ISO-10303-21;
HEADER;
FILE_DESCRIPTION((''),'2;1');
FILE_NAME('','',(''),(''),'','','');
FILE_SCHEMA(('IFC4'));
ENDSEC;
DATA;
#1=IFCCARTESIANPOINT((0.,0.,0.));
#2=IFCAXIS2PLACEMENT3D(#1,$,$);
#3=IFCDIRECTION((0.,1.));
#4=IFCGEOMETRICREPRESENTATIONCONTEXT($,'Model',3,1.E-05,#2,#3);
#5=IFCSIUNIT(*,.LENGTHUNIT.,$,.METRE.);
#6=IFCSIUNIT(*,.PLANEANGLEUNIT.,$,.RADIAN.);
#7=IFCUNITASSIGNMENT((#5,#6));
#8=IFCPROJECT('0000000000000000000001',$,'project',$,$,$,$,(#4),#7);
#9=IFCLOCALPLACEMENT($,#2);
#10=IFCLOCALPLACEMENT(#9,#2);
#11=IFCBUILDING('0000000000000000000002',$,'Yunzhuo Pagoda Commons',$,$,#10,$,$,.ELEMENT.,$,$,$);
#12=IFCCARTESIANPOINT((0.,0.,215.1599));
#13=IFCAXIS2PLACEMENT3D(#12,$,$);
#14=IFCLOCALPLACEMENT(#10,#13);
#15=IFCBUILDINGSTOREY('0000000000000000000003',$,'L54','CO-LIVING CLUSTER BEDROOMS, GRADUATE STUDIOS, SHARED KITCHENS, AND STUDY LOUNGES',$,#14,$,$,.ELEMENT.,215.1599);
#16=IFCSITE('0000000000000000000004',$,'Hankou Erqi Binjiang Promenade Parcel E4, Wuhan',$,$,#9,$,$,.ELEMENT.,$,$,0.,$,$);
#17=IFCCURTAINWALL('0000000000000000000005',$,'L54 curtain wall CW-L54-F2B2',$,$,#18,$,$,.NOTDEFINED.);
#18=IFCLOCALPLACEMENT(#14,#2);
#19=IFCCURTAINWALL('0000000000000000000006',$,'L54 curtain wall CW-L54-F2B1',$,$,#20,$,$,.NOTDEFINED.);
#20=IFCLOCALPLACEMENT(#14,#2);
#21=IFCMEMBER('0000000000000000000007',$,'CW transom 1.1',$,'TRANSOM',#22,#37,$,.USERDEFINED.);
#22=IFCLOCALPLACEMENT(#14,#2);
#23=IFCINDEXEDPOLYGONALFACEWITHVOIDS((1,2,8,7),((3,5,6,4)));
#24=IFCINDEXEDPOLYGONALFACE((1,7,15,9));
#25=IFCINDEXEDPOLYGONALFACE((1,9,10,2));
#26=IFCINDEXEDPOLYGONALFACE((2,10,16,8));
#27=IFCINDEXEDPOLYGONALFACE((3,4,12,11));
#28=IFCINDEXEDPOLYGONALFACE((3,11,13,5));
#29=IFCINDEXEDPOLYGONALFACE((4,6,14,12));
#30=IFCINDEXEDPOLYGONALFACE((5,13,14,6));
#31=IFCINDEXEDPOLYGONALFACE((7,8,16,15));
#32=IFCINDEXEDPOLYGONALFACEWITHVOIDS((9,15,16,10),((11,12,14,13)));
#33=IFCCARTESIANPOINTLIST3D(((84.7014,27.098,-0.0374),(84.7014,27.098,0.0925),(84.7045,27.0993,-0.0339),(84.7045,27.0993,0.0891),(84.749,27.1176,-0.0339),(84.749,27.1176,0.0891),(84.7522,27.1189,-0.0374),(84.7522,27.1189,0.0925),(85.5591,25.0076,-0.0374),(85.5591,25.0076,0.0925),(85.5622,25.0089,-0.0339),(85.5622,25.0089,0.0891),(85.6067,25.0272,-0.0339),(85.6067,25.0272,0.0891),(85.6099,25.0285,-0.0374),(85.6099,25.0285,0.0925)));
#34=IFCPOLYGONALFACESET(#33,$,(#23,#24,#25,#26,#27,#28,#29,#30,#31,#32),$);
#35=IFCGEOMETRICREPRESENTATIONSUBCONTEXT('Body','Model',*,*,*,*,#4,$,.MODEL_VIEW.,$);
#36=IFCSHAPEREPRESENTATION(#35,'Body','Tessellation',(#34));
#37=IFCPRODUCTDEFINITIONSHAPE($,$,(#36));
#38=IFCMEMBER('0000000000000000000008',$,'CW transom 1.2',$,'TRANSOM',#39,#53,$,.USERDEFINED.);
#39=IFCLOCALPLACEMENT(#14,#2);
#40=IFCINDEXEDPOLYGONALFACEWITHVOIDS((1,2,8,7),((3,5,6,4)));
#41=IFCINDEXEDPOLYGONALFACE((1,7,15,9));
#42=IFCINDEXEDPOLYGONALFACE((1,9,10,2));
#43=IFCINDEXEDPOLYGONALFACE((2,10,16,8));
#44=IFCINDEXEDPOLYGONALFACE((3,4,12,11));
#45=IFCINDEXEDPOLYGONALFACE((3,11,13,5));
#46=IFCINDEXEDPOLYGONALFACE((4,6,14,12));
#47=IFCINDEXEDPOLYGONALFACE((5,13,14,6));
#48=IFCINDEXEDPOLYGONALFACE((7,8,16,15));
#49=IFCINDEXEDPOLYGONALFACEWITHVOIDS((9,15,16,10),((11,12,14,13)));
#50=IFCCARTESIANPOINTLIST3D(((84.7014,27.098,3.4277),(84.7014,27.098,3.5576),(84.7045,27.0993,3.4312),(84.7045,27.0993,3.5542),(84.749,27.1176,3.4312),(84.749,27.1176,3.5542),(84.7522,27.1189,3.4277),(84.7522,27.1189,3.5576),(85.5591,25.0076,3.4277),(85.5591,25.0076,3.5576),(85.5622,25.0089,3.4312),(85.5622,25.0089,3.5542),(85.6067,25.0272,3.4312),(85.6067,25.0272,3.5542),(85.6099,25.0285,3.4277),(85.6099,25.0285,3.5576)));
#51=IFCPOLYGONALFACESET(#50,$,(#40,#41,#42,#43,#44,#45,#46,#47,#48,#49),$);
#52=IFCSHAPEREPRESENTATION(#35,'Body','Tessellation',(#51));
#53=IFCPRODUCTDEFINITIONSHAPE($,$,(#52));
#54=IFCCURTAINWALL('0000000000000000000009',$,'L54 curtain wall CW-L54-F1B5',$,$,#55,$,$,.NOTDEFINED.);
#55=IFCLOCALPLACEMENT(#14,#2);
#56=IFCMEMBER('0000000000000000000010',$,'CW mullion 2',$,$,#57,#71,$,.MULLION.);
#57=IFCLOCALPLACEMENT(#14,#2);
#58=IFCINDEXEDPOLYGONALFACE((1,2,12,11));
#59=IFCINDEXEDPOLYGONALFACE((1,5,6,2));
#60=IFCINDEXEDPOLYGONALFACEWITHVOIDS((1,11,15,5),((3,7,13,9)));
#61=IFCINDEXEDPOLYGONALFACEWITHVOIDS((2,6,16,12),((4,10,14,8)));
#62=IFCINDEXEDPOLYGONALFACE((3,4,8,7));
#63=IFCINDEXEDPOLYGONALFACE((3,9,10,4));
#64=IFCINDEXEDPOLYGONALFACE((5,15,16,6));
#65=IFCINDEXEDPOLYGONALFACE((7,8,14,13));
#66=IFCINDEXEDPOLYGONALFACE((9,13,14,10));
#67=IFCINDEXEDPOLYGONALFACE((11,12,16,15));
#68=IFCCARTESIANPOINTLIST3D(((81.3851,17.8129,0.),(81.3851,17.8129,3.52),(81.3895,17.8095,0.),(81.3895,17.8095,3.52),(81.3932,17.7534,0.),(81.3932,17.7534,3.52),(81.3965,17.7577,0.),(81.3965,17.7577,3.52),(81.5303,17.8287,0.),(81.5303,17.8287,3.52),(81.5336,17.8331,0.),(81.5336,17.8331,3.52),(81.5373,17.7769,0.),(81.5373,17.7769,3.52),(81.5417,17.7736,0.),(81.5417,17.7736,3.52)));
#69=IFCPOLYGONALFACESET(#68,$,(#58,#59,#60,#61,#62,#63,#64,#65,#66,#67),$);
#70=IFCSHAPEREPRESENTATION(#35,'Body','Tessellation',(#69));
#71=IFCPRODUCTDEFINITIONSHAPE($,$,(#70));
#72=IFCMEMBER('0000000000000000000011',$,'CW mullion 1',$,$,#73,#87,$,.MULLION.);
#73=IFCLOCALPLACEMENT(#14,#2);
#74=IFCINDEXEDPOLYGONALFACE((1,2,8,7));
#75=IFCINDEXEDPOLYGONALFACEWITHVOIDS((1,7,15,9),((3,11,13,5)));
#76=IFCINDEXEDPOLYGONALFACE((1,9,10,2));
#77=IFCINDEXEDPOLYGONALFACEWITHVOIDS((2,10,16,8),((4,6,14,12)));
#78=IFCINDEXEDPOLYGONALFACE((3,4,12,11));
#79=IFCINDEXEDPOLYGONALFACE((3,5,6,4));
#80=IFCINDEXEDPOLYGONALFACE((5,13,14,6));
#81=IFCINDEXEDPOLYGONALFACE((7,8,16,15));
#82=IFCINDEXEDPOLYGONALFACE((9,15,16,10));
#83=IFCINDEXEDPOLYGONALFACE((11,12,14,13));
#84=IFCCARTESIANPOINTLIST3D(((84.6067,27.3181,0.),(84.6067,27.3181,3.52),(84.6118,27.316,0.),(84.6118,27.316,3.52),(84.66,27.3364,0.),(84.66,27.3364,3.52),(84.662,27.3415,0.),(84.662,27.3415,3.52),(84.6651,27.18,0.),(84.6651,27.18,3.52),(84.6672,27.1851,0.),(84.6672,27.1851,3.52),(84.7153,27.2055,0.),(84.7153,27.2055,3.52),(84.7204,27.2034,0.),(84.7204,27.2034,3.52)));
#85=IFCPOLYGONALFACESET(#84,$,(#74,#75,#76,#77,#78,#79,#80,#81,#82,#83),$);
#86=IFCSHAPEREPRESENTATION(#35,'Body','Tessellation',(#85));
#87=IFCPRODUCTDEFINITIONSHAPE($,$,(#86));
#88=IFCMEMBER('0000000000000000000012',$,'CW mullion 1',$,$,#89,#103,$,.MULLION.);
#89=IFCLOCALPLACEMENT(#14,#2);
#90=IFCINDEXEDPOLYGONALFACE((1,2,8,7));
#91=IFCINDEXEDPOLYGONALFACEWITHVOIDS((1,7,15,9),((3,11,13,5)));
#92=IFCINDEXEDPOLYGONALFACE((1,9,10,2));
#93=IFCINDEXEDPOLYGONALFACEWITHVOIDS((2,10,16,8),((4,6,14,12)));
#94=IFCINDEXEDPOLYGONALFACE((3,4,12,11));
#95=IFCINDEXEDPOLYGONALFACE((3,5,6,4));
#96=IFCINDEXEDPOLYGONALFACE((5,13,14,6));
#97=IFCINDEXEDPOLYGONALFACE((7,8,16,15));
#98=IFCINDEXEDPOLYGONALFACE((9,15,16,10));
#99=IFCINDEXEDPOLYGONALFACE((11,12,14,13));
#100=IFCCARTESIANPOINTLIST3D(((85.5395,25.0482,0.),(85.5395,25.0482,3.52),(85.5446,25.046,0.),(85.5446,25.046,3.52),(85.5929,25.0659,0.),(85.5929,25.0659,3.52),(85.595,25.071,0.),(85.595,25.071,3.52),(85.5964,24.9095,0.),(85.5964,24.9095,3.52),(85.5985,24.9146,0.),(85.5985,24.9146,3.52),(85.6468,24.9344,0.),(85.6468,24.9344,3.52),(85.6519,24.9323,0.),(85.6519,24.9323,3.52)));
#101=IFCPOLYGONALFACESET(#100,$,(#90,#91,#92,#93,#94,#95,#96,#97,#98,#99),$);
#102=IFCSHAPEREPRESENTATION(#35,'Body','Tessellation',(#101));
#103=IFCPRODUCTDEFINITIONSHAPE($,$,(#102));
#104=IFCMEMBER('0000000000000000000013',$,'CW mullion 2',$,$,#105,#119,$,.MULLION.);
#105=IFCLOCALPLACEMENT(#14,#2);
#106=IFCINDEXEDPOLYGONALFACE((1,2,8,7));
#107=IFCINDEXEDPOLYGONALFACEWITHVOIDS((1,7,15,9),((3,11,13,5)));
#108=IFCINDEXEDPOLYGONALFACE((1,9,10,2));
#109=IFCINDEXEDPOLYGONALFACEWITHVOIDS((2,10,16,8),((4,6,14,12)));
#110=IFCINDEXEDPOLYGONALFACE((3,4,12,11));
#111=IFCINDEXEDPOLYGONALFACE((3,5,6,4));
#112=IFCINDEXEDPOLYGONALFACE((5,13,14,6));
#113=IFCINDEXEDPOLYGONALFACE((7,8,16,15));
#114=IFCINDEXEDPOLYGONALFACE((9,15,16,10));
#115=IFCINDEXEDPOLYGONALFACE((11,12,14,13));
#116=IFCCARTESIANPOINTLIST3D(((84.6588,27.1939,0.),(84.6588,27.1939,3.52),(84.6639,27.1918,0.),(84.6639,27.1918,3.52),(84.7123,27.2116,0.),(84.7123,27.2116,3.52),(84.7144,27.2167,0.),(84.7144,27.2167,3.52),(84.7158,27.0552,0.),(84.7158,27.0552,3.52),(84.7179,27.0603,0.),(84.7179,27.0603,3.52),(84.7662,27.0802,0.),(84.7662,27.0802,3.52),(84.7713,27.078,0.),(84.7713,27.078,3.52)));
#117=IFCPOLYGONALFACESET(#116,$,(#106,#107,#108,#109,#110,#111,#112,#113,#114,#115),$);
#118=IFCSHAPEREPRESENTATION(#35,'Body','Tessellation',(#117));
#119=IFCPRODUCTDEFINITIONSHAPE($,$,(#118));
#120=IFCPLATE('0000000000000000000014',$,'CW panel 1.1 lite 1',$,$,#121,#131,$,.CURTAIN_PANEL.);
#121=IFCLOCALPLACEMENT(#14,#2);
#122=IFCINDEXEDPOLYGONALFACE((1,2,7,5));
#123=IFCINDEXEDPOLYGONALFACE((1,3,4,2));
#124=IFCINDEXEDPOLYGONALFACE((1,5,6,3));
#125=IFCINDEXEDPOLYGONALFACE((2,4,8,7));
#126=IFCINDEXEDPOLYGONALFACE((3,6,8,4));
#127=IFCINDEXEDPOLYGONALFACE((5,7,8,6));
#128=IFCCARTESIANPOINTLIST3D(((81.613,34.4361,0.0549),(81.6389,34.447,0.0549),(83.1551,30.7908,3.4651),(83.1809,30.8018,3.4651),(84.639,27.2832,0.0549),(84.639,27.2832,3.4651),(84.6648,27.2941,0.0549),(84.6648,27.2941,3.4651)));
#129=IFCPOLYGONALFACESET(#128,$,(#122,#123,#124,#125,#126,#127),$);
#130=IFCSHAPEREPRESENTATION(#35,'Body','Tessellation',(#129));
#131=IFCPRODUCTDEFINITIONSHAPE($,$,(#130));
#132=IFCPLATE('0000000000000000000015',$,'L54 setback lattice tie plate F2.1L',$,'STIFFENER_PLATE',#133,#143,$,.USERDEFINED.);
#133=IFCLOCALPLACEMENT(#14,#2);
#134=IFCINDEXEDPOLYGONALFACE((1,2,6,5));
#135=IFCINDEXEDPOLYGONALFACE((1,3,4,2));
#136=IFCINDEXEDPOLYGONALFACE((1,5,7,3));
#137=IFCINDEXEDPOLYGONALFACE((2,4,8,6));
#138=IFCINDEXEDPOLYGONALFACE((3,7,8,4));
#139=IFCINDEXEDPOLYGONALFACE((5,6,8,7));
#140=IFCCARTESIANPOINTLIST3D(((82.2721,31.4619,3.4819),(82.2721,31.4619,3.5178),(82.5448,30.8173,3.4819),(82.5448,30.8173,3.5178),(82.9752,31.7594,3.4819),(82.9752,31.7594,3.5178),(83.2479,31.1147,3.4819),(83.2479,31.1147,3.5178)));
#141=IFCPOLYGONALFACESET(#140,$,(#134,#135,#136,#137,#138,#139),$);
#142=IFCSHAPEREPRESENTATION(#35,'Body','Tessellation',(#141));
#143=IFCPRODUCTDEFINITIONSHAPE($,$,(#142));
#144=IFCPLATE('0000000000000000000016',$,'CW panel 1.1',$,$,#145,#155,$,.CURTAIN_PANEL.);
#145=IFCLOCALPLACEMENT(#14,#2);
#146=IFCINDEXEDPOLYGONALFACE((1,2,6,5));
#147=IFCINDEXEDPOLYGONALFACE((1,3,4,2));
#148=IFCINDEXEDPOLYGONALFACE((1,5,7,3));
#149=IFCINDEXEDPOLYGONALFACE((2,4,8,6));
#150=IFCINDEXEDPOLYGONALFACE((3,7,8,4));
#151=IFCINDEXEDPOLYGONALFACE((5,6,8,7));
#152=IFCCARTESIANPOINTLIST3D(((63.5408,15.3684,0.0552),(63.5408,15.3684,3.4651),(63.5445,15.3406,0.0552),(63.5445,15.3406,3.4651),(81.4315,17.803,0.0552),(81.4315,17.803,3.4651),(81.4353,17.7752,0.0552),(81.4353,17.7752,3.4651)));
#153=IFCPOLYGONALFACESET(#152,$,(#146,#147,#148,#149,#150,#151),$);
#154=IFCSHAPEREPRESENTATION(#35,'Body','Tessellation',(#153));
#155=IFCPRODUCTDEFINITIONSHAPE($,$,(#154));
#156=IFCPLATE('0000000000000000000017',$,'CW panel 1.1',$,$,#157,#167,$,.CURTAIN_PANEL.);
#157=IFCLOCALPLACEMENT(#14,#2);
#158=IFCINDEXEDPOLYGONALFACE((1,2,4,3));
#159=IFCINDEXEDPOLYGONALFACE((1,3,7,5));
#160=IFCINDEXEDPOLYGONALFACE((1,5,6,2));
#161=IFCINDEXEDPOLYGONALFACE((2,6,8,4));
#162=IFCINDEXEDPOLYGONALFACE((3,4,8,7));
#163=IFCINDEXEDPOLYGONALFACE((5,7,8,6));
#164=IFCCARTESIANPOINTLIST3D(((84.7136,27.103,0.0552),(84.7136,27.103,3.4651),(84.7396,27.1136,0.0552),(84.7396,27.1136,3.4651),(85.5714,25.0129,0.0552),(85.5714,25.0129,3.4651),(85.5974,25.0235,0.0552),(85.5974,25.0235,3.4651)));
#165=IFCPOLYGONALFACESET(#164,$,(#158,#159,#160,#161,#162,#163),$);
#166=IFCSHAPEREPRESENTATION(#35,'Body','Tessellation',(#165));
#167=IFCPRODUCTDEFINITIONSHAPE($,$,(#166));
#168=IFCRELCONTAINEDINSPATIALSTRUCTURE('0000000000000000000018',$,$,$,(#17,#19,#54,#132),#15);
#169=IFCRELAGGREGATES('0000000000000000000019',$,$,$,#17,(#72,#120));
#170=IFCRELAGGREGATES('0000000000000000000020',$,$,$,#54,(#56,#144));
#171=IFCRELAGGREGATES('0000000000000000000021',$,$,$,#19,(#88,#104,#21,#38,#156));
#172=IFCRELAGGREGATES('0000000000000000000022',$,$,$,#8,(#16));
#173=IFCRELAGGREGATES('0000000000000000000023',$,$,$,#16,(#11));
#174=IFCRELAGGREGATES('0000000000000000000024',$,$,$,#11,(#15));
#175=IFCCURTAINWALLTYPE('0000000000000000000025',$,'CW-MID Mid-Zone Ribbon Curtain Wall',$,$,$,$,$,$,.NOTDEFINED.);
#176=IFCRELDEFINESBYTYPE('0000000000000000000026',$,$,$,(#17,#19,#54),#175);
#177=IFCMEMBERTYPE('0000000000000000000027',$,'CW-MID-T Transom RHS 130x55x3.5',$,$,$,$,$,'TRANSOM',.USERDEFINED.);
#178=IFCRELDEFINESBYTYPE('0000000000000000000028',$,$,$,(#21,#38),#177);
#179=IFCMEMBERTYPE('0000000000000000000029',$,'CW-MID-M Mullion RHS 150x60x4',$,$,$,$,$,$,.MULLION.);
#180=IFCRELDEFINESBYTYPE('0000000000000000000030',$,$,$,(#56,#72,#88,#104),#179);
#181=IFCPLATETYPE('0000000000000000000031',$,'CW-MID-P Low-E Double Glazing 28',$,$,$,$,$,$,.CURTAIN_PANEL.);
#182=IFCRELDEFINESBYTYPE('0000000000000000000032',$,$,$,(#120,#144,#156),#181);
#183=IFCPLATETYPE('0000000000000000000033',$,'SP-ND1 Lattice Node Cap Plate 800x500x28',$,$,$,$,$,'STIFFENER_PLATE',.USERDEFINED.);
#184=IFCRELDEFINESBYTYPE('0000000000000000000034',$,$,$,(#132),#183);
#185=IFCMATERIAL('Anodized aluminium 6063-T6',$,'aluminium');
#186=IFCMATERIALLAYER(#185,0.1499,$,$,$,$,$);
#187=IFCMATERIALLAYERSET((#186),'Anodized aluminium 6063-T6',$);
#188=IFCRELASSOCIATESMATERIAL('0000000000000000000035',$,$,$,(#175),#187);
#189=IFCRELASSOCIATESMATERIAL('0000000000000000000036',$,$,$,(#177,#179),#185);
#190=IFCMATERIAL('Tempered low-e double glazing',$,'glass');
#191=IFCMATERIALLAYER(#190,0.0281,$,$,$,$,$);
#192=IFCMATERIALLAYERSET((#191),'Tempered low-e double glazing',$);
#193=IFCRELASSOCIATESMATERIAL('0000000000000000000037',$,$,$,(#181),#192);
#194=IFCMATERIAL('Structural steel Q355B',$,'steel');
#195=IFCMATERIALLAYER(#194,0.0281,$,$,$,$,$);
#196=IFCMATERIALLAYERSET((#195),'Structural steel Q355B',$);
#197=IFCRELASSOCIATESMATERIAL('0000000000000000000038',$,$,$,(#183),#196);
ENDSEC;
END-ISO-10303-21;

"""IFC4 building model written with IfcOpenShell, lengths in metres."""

from ifc_helpers import new_model, si_unit, direction, frame, origin, origin_2d, place, context, subcontext, project, spatial, polyline, rectangle, hollow_rectangle, outline, extrude, source, transform, mapped, material, layer, layer_set, material_profile, profile_set, type_object, element, aggregate, save


model = new_model("IFC4")

# Units and contexts
model_context = context("Model", 3, precision=1e-05, world=origin(), true_north=direction((0.0, 1.0)))
body_context = subcontext(model_context, "Body", "Model", "MODEL_VIEW")
ifc_project = project(units=[si_unit("LENGTHUNIT", "METRE"), si_unit("PLANEANGLEUNIT", "RADIAN")], contexts=[model_context])

# Site, building, storey
site_placement = place(None, origin())
site = spatial("IfcSite", under=ifc_project, at=site_placement, Name="Hankou Erqi Binjiang Promenade Parcel E4, Wuhan", CompositionType="ELEMENT", RefElevation=0.0)
building_placement = place(site_placement, origin())
building = spatial("IfcBuilding", under=site, at=building_placement, Name="Yunzhuo Pagoda Commons", CompositionType="ELEMENT")
storey_placement = place(building_placement, frame((0.0, 0.0, 215.1599)))
storey = spatial("IfcBuildingStorey", under=building, at=storey_placement, Name="L54", Description="CO-LIVING CLUSTER BEDROOMS, GRADUATE STUDIOS, SHARED KITCHENS, AND STUDY LOUNGES", CompositionType="ELEMENT", Elevation=215.1599)

# Shared definitions
ifc_material_1 = material(Name="Structural steel Q355B", Category="steel")

# Curtain walls, members
ifc_material_2 = material(Name="Anodized aluminium 6063-T6", Category="aluminium")
ifc_layer_1 = layer(ifc_material_2, 0.1499)
ifc_layer_set_1 = layer_set([ifc_layer_1], Name="Anodized aluminium 6063-T6")
curtain_wall_type = type_object("IfcCurtainWallType", Name="CW-MID Mid-Zone Ribbon Curtain Wall", PredefinedType="NOTDEFINED", material=ifc_layer_set_1)
curtain_wall_1_placement = place(storey_placement, origin())
curtain_wall_1 = element("IfcCurtainWall", 1, at=curtain_wall_1_placement, inside=storey, type_object=curtain_wall_type, Name="L54 curtain wall CW-L54-F2B2", PredefinedType="NOTDEFINED")
ifc_material_profile_1 = material_profile(ifc_material_2, hollow_rectangle(XDim=0.0549, YDim=0.1299, WallThickness=0.0034, at=origin_2d()), Name="Anodized aluminium 6063-T6")
ifc_profile_set_1 = profile_set([ifc_material_profile_1], Name="Anodized aluminium 6063-T6")
member_type_1 = type_object("IfcMemberType", Name="CW-MID-T Transom RHS 130x55x3.5", ElementType="TRANSOM", PredefinedType="USERDEFINED", material=ifc_profile_set_1)
curtain_wall_2_placement = place(storey_placement, origin())
curtain_wall_2 = element("IfcCurtainWall", 2, at=curtain_wall_2_placement, inside=storey, type_object=curtain_wall_type, Name="L54 curtain wall CW-L54-F2B1", PredefinedType="NOTDEFINED")
shared_shape_1 = source(origin(), body_context, "Body", "SweptSolid", [
    extrude(hollow_rectangle(XDim=0.0549, YDim=0.1299, WallThickness=0.0034, at=origin_2d()), origin(), (0.0, 0.0, 1.0), 2.2595),
])
member_1_placement = place(storey_placement, frame((85.5845, 25.0181, 0.0276), z_axis=(-0.379592, 0.925154, 0.0), x_axis=(-0.925154, -0.379592, 0.0)))
member_1 = element("IfcMember", 3, at=member_1_placement, type_object=member_type_1, Name="CW transom 1.1", ObjectType="TRANSOM", PredefinedType="USERDEFINED", context=body_context, shape_type="MappedRepresentation", body=[
    mapped(shared_shape_1, transform((0.0, 0.0, 0.0), scale=1.0)),
])
member_2_placement = place(storey_placement, frame((85.5845, 25.0181, 3.4927), z_axis=(-0.379592, 0.925154, 0.0), x_axis=(-0.925154, -0.379592, 0.0)))
member_2 = element("IfcMember", 4, at=member_2_placement, type_object=member_type_1, Name="CW transom 1.2", ObjectType="TRANSOM", PredefinedType="USERDEFINED", context=body_context, shape_type="MappedRepresentation", body=[
    mapped(shared_shape_1, transform((0.0, 0.0, 0.0), scale=1.0)),
])

# Curtain wall, member
curtain_wall_3_placement = place(storey_placement, origin())
curtain_wall_3 = element("IfcCurtainWall", 5, at=curtain_wall_3_placement, inside=storey, type_object=curtain_wall_type, Name="L54 curtain wall CW-L54-F1B5", PredefinedType="NOTDEFINED")
ifc_material_profile_2 = material_profile(ifc_material_2, hollow_rectangle(XDim=0.0601, YDim=0.1499, WallThickness=0.0039, at=origin_2d()), Name="Anodized aluminium 6063-T6")
ifc_profile_set_2 = profile_set([ifc_material_profile_2], Name="Anodized aluminium 6063-T6")
member_type_2 = type_object("IfcMemberType", Name="CW-MID-M Mullion RHS 150x60x4", PredefinedType="MULLION", material=ifc_profile_set_2)
shared_shape_2 = source(origin(), body_context, "Body", "SweptSolid", [
    extrude(hollow_rectangle(XDim=0.0601, YDim=0.1499, WallThickness=0.0039, at=origin_2d()), origin(), (0.0, 0.0, 1.0), 3.52),
])
member_3_placement = place(storey_placement, frame((81.4634, 17.7932, 0.0), z_axis=(0.0, 0.0, 1.0), x_axis=(-0.134839, 0.990867, 0.0)))
member_3 = element("IfcMember", 6, at=member_3_placement, type_object=member_type_2, Name="CW mullion 2", PredefinedType="MULLION", context=body_context, shape_type="MappedRepresentation", body=[
    mapped(shared_shape_2, transform((0.0, 0.0, 0.0), scale=1.0)),
])

# Members
member_4_placement = place(storey_placement, frame((84.6636, 27.2607, 0.0), z_axis=(0.0, 0.0, 1.0), x_axis=(-0.920979, -0.389612, 0.0)))
member_4 = element("IfcMember", 7, at=member_4_placement, type_object=member_type_2, Name="CW mullion 1", PredefinedType="MULLION", context=body_context, shape_type="MappedRepresentation", body=[
    mapped(shared_shape_2, transform((0.0, 0.0, 0.0), scale=1.0)),
])
member_5_placement = place(storey_placement, frame((85.5957, 24.9902, 0.0), z_axis=(0.0, 0.0, 1.0), x_axis=(-0.925118, -0.37968, 0.0)))
member_5 = element("IfcMember", 8, at=member_5_placement, type_object=member_type_2, Name="CW mullion 1", PredefinedType="MULLION", context=body_context, shape_type="MappedRepresentation", body=[
    mapped(shared_shape_2, transform((0.0, 0.0, 0.0), scale=1.0)),
])
member_6_placement = place(storey_placement, frame((84.7151, 27.136, 0.0), z_axis=(0.0, 0.0, 1.0), x_axis=(-0.925118, -0.37968, 0.0)))
member_6 = element("IfcMember", 9, at=member_6_placement, type_object=member_type_2, Name="CW mullion 2", PredefinedType="MULLION", context=body_context, shape_type="MappedRepresentation", body=[
    mapped(shared_shape_2, transform((0.0, 0.0, 0.0), scale=1.0)),
])

# Plates
ifc_material_3 = material(Name="Tempered low-e double glazing", Category="glass")
ifc_layer_2 = layer(ifc_material_3, 0.0281)
ifc_layer_set_2 = layer_set([ifc_layer_2], Name="Tempered low-e double glazing")
plate_type_1 = type_object("IfcPlateType", Name="CW-MID-P Low-E Double Glazing 28", PredefinedType="CURTAIN_PANEL", material=ifc_layer_set_2)
plate_1_placement = place(storey_placement, frame((83.126, 30.8596, 1.76), z_axis=(0.920979, 0.389612, 0.0), x_axis=(-0.389612, 0.920979, 0.0)))
plate_1 = element("IfcPlate", 10, at=plate_1_placement, type_object=plate_type_1, Name="CW panel 1.1 lite 1", PredefinedType="CURTAIN_PANEL", context=body_context, shape_type="SweptSolid", body=[
    extrude(outline(polyline([(-3.8833, -1.7051), (3.8833, -1.7051), (-0.0747, 1.7051), (-3.8833, 1.7051), (-3.8833, -1.7051)])), origin(), (0.0, 0.0, 1.0), 0.0281),
])
aggregate(curtain_wall_1, [member_4, plate_1])
ifc_layer_3 = layer(ifc_material_1, 0.0281)
ifc_layer_set_3 = layer_set([ifc_layer_3], Name="Structural steel Q355B")
plate_type_2 = type_object("IfcPlateType", Name="SP-ND1 Lattice Node Cap Plate 800x500x28", ElementType="STIFFENER_PLATE", PredefinedType="USERDEFINED", material=ifc_layer_set_3)
shared_shape_3 = source(origin(), body_context, "Body", "SweptSolid", [
    extrude(rectangle(XDim=0.7, YDim=0.7634, at=origin_2d()), origin(), (0.0, 0.0, 1.0), 0.0359),
])
plate_2_placement = place(storey_placement, frame((82.76, 31.2883, 3.4819), z_axis=(0.0, 0.0, 1.0), x_axis=(-0.389606, 0.920982, 0.0)))
element("IfcPlate", 11, at=plate_2_placement, inside=storey, type_object=plate_type_2, Name="L54 setback lattice tie plate F2.1L", ObjectType="STIFFENER_PLATE", PredefinedType="USERDEFINED", context=body_context, shape_type="MappedRepresentation", body=[
    mapped(shared_shape_3, transform((0.0, 0.0, 0.0), scale=1.0)),
])
shared_shape_4 = source(origin(), body_context, "Body", "SweptSolid", [
    extrude(rectangle(XDim=18.0557, YDim=0.0281, at=origin_2d()), origin(), (0.0, 0.0, 1.0), 3.4099),
])
plate_3_placement = place(storey_placement, frame((72.488, 16.5718, 0.0552), z_axis=(0.0, 0.0, 1.0), x_axis=(0.990867, 0.134839, 0.0)))
plate_3 = element("IfcPlate", 12, at=plate_3_placement, type_object=plate_type_1, Name="CW panel 1.1", PredefinedType="CURTAIN_PANEL", context=body_context, shape_type="MappedRepresentation", body=[
    mapped(shared_shape_4, transform((0.0, 0.0, 0.0), scale=1.0)),
])
aggregate(curtain_wall_3, [member_3, plate_3])
shared_shape_5 = source(origin(), body_context, "Body", "SweptSolid", [
    extrude(rectangle(XDim=2.2593, YDim=0.0281, at=origin_2d()), origin(), (0.0, 0.0, 1.0), 3.4099),
])
plate_4_placement = place(storey_placement, frame((85.1555, 26.0632, 0.0552), z_axis=(0.0, 0.0, 1.0), x_axis=(-0.37968, 0.925118, 0.0)))
plate_4 = element("IfcPlate", 13, at=plate_4_placement, type_object=plate_type_1, Name="CW panel 1.1", PredefinedType="CURTAIN_PANEL", context=body_context, shape_type="MappedRepresentation", body=[
    mapped(shared_shape_5, transform((0.0, 0.0, 0.0), scale=1.0)),
])
aggregate(curtain_wall_2, [member_5, member_6, member_1, member_2, plate_4])

save(model, "model.ifc")
